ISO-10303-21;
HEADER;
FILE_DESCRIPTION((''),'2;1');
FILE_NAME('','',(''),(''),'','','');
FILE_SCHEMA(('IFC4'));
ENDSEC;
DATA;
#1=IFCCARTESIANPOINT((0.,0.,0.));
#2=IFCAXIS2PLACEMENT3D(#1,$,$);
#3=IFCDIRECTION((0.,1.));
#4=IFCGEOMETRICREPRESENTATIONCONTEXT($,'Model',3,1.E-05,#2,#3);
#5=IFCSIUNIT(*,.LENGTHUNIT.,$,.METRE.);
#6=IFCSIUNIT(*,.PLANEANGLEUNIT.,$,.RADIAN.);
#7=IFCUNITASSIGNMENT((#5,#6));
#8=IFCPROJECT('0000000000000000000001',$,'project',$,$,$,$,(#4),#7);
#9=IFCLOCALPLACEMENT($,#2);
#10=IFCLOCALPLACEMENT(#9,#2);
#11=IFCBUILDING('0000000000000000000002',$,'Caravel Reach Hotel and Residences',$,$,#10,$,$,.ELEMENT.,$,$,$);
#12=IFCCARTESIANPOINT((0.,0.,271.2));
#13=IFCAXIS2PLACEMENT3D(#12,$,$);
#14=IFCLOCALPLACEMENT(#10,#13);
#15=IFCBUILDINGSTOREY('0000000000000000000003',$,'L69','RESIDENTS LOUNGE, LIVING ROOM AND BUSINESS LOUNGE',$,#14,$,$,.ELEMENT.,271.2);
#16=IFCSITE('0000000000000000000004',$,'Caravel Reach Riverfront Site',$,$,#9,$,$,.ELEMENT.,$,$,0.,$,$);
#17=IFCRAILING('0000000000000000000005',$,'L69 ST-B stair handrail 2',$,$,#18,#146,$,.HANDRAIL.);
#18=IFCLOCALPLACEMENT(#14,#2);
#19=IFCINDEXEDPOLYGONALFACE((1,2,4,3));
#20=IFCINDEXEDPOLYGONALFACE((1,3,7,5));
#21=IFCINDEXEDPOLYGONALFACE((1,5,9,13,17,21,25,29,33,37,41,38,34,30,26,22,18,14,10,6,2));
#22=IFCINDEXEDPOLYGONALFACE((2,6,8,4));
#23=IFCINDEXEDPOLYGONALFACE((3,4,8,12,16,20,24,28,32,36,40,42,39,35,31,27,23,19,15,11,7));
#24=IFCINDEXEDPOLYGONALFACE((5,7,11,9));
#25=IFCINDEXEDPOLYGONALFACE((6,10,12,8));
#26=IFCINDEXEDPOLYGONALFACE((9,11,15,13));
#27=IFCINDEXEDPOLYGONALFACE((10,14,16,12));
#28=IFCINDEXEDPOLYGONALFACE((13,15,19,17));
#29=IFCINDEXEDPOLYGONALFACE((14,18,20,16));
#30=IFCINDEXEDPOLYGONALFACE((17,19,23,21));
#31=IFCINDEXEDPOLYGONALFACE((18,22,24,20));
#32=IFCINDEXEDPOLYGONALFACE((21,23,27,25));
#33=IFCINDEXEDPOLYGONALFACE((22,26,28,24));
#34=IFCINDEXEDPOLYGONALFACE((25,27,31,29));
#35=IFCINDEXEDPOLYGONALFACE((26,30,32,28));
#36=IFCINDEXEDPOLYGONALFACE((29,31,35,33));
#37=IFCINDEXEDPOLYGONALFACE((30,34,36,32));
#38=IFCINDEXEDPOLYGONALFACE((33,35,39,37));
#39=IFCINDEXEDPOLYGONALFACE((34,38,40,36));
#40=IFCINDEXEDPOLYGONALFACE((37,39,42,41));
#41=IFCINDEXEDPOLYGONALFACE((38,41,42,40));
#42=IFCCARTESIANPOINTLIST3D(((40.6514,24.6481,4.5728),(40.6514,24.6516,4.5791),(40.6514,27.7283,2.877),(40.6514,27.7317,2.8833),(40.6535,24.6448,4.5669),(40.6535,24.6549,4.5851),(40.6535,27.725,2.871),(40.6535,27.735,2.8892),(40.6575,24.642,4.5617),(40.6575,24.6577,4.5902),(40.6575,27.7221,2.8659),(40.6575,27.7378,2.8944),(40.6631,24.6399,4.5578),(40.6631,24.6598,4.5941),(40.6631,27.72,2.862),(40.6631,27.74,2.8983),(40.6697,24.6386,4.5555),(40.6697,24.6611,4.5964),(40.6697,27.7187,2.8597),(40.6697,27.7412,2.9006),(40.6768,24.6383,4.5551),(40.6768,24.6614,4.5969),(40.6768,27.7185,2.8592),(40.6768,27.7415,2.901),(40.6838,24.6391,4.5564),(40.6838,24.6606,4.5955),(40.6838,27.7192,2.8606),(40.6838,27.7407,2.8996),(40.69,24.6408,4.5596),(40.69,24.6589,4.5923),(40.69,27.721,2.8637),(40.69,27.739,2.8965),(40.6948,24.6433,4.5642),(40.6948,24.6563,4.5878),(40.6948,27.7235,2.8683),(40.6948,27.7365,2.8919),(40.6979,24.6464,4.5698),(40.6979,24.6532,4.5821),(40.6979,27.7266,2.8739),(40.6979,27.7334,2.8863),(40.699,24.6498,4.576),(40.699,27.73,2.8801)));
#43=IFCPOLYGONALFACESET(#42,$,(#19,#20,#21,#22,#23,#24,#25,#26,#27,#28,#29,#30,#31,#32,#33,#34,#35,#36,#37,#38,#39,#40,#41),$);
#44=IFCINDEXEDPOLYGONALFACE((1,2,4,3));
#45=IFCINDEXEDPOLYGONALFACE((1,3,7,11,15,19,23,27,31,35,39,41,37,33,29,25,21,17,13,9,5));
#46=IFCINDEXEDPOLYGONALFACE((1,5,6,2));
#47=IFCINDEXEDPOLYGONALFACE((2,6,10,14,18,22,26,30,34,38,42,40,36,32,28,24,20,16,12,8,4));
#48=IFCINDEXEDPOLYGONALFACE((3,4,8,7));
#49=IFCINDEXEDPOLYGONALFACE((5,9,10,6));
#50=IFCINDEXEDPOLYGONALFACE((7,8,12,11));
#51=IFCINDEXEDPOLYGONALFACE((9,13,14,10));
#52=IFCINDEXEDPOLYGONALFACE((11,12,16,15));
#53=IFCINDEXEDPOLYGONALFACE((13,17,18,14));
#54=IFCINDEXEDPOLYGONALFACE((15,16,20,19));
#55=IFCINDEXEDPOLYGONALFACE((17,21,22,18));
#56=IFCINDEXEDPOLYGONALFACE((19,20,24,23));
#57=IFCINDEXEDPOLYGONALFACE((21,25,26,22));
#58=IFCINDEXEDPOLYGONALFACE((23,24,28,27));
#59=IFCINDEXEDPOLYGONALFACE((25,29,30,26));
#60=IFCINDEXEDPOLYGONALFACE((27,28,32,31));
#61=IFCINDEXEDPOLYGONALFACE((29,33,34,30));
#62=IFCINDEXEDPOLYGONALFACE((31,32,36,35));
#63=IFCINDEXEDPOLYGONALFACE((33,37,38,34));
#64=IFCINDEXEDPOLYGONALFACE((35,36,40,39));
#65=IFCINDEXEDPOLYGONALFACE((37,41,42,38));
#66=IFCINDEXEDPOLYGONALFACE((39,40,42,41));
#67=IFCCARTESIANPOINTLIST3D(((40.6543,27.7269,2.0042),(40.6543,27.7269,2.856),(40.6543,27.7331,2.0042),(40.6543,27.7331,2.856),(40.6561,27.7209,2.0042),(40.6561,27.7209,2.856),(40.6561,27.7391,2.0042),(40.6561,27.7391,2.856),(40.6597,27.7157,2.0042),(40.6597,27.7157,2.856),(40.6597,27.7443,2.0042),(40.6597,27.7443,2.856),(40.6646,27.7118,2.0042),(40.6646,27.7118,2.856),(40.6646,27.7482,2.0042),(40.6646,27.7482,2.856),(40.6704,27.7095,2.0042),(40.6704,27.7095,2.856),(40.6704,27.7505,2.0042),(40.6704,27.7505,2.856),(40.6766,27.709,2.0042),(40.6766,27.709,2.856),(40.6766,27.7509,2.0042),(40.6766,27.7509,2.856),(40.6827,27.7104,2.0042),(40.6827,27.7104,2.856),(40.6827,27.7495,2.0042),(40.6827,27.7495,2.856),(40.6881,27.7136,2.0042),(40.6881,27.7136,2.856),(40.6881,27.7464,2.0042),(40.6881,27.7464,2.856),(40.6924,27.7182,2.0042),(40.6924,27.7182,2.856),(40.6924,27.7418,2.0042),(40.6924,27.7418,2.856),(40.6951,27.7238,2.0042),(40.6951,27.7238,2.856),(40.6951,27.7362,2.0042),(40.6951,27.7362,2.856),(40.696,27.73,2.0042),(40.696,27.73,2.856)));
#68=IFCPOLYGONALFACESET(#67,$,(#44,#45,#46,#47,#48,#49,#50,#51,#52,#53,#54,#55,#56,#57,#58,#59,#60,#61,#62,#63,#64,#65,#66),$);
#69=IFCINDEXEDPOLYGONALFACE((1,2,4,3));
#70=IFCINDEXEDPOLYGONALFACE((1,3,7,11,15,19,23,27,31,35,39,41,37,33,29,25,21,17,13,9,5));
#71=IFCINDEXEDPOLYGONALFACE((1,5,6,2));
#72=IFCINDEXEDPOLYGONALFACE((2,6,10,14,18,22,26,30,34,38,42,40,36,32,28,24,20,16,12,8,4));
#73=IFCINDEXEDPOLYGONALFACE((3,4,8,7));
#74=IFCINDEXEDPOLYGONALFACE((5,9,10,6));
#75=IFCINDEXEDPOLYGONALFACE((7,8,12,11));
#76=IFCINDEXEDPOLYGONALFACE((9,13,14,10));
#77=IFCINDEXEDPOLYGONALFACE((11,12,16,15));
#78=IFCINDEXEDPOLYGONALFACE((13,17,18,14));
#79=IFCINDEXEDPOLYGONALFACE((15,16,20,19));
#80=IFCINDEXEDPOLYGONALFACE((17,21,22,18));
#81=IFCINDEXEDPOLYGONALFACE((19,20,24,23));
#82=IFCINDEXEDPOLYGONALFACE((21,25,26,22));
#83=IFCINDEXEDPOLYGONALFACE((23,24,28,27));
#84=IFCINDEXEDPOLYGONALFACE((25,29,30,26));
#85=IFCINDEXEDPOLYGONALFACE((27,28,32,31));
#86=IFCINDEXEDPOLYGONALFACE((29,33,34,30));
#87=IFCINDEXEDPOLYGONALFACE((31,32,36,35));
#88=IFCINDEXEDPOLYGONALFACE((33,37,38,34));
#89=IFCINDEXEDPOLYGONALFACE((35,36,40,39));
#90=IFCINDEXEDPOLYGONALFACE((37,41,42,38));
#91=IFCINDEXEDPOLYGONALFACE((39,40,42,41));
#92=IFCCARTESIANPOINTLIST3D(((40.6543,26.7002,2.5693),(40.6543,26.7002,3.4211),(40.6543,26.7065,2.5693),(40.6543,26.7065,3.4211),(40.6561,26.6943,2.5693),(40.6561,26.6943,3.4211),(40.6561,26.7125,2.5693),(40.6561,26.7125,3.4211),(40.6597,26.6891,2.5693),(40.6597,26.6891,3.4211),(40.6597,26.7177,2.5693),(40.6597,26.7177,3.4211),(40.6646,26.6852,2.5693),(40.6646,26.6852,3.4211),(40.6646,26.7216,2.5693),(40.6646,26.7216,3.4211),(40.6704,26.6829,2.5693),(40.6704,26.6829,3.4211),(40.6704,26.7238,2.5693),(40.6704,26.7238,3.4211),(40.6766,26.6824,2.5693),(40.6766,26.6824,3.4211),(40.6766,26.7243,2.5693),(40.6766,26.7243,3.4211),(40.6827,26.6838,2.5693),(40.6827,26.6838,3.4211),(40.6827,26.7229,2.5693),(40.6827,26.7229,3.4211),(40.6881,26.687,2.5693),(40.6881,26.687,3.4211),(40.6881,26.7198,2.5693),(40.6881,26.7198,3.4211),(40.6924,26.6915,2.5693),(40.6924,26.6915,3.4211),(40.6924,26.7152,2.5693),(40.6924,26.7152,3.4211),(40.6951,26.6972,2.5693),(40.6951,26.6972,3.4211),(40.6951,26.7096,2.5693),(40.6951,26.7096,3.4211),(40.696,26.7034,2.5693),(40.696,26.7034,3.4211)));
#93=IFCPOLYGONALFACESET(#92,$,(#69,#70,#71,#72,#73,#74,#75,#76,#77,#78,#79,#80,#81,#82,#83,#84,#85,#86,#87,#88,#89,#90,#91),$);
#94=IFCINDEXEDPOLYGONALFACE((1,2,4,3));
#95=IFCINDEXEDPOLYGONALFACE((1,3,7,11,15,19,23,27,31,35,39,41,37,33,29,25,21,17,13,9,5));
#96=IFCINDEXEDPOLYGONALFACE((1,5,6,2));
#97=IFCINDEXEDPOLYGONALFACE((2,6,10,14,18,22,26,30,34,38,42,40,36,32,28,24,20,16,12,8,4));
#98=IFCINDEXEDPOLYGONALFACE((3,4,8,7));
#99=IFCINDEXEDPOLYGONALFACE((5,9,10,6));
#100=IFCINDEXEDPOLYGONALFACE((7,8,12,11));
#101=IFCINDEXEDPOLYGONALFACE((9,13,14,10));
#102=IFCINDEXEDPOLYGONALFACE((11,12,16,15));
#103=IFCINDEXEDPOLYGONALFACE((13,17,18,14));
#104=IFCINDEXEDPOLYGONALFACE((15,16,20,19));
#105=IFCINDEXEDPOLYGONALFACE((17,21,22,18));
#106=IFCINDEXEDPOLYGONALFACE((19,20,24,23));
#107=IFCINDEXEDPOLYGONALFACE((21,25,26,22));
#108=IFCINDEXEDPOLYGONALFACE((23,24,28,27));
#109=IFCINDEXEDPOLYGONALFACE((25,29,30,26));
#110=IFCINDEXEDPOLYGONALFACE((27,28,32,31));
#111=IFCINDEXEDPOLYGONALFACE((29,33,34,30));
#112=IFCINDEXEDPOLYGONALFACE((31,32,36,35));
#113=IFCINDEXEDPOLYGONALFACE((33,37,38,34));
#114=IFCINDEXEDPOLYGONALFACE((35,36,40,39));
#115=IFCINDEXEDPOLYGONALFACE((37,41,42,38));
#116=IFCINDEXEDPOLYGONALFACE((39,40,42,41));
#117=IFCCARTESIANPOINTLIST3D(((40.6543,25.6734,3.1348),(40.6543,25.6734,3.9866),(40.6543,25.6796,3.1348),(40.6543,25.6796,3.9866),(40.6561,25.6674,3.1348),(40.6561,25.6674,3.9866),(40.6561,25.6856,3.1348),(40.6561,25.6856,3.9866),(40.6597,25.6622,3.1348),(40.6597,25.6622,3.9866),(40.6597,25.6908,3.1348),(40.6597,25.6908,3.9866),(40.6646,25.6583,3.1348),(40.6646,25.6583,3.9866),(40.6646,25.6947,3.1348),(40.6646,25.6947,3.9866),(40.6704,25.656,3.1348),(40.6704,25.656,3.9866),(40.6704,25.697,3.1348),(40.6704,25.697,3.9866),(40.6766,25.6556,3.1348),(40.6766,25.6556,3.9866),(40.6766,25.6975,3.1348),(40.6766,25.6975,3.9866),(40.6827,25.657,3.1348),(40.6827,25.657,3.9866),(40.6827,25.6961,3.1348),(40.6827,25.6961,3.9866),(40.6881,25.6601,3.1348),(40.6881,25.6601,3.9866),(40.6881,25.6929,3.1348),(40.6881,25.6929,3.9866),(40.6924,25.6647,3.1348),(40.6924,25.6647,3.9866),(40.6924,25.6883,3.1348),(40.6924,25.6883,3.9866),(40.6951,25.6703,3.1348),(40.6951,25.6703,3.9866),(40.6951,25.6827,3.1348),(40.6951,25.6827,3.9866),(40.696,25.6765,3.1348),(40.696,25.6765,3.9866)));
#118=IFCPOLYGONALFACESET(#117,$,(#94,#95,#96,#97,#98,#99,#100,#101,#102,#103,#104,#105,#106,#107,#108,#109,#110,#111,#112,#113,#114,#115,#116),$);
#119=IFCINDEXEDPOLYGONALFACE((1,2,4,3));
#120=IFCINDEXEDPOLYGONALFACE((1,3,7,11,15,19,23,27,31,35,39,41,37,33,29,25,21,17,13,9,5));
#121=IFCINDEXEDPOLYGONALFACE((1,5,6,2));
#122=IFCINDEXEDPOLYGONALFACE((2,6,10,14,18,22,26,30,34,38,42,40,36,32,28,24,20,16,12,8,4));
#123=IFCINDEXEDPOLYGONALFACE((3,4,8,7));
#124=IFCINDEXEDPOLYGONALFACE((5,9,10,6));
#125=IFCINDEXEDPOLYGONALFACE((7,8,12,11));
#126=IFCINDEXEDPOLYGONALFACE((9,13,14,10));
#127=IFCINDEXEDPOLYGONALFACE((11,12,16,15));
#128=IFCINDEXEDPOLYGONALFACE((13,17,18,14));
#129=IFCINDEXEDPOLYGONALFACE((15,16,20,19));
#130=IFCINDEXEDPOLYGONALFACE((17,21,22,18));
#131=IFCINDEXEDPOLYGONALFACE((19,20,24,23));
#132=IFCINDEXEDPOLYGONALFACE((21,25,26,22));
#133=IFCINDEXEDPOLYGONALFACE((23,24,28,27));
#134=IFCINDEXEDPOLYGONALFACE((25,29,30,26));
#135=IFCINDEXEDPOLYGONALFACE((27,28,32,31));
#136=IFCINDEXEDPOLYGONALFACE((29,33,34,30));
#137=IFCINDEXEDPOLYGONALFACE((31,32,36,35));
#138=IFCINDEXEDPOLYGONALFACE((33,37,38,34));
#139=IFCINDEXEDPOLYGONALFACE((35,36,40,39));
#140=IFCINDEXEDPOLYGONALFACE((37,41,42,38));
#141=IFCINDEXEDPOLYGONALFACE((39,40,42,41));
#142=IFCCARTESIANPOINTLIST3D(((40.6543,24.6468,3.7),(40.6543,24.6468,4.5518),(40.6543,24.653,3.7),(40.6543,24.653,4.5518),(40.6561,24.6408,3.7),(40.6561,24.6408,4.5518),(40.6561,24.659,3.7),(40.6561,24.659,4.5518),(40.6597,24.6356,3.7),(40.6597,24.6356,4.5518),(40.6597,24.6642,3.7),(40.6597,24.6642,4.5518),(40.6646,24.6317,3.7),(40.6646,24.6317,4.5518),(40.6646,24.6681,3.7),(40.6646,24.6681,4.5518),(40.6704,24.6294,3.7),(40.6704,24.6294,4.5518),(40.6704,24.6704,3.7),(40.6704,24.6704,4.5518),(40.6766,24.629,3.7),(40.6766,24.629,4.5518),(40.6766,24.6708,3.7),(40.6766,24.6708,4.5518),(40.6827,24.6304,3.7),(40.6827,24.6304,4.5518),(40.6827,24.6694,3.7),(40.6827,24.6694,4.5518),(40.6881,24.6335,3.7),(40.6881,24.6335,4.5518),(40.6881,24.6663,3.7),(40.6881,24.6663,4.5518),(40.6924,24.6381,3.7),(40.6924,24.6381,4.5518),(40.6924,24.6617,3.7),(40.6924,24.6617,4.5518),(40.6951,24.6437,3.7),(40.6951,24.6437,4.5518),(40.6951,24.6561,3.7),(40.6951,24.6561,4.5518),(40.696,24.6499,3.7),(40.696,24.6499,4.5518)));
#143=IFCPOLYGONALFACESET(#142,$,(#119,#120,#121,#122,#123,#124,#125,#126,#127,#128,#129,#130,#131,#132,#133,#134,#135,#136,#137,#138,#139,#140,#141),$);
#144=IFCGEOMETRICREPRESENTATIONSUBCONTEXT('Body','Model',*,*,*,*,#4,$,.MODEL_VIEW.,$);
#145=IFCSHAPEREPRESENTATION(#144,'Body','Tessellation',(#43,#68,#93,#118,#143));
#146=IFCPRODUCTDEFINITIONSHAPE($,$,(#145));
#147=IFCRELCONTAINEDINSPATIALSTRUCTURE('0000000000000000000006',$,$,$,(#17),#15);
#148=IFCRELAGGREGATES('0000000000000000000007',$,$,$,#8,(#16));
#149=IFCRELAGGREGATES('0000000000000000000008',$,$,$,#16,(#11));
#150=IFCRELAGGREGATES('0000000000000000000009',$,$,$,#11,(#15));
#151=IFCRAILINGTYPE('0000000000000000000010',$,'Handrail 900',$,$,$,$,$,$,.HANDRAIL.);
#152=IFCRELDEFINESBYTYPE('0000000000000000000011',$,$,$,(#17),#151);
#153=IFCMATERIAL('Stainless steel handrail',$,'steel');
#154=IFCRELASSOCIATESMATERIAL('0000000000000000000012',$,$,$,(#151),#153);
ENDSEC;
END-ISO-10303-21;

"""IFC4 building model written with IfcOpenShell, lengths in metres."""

from ifc_helpers import new_model, si_unit, direction, frame, origin, origin_2d, place, context, subcontext, project, spatial, circle, extrude, material, type_object, element, save


model = new_model("IFC4")

# Units and contexts
model_context = context("Model", 3, precision=1e-05, world=origin(), true_north=direction((0.0, 1.0)))
body_context = subcontext(model_context, "Body", "Model", "MODEL_VIEW")
ifc_project = project(units=[si_unit("LENGTHUNIT", "METRE"), si_unit("PLANEANGLEUNIT", "RADIAN")], contexts=[model_context])

# Site, building, storey
site_placement = place(None, origin())
site = spatial("IfcSite", under=ifc_project, at=site_placement, Name="Caravel Reach Riverfront Site", CompositionType="ELEMENT", RefElevation=0.0)
building_placement = place(site_placement, origin())
building = spatial("IfcBuilding", under=site, at=building_placement, Name="Caravel Reach Hotel and Residences", CompositionType="ELEMENT")
storey_placement = place(building_placement, frame((0.0, 0.0, 271.2)))
storey = spatial("IfcBuildingStorey", under=building, at=storey_placement, Name="L69", Description="RESIDENTS LOUNGE, LIVING ROOM AND BUSINESS LOUNGE", CompositionType="ELEMENT", Elevation=271.2)

# Railing
ifc_material_1 = material(Name="Stainless steel handrail", Category="steel")
railing_type_1 = type_object("IfcRailingType", Name="Handrail 900", PredefinedType="HANDRAIL", material=ifc_material_1)
railing_1_placement = place(storey_placement, frame((40.675, 27.73, 2.0042)))
element("IfcRailing", 1, at=railing_1_placement, inside=storey, type_object=railing_type_1, Name="L69 ST-B stair handrail 2", PredefinedType="HANDRAIL", context=body_context, shape_type="SweptSolid", body=[
    extrude(circle(Radius=0.0239, at=origin_2d()), frame((0.0, 0.0, 0.876), z_axis=(0.0, -0.876005, 0.482303), x_axis=(1.0, 0.0, 0.0)), (0.0, 0.0, 1.0), 3.5161),
    extrude(circle(Radius=0.021, at=origin_2d()), origin(), (0.0, 0.0, 1.0), 0.8518),
    extrude(circle(Radius=0.021, at=origin_2d()), frame((0.0, -1.0266, 0.5652)), (0.0, 0.0, 1.0), 0.8518),
    extrude(circle(Radius=0.021, at=origin_2d()), frame((0.0, -2.0535, 1.1306)), (0.0, 0.0, 1.0), 0.8518),
    extrude(circle(Radius=0.021, at=origin_2d()), frame((0.0, -3.0801, 1.6958)), (0.0, 0.0, 1.0), 0.8518),
])

save(model, "model.ifc")
